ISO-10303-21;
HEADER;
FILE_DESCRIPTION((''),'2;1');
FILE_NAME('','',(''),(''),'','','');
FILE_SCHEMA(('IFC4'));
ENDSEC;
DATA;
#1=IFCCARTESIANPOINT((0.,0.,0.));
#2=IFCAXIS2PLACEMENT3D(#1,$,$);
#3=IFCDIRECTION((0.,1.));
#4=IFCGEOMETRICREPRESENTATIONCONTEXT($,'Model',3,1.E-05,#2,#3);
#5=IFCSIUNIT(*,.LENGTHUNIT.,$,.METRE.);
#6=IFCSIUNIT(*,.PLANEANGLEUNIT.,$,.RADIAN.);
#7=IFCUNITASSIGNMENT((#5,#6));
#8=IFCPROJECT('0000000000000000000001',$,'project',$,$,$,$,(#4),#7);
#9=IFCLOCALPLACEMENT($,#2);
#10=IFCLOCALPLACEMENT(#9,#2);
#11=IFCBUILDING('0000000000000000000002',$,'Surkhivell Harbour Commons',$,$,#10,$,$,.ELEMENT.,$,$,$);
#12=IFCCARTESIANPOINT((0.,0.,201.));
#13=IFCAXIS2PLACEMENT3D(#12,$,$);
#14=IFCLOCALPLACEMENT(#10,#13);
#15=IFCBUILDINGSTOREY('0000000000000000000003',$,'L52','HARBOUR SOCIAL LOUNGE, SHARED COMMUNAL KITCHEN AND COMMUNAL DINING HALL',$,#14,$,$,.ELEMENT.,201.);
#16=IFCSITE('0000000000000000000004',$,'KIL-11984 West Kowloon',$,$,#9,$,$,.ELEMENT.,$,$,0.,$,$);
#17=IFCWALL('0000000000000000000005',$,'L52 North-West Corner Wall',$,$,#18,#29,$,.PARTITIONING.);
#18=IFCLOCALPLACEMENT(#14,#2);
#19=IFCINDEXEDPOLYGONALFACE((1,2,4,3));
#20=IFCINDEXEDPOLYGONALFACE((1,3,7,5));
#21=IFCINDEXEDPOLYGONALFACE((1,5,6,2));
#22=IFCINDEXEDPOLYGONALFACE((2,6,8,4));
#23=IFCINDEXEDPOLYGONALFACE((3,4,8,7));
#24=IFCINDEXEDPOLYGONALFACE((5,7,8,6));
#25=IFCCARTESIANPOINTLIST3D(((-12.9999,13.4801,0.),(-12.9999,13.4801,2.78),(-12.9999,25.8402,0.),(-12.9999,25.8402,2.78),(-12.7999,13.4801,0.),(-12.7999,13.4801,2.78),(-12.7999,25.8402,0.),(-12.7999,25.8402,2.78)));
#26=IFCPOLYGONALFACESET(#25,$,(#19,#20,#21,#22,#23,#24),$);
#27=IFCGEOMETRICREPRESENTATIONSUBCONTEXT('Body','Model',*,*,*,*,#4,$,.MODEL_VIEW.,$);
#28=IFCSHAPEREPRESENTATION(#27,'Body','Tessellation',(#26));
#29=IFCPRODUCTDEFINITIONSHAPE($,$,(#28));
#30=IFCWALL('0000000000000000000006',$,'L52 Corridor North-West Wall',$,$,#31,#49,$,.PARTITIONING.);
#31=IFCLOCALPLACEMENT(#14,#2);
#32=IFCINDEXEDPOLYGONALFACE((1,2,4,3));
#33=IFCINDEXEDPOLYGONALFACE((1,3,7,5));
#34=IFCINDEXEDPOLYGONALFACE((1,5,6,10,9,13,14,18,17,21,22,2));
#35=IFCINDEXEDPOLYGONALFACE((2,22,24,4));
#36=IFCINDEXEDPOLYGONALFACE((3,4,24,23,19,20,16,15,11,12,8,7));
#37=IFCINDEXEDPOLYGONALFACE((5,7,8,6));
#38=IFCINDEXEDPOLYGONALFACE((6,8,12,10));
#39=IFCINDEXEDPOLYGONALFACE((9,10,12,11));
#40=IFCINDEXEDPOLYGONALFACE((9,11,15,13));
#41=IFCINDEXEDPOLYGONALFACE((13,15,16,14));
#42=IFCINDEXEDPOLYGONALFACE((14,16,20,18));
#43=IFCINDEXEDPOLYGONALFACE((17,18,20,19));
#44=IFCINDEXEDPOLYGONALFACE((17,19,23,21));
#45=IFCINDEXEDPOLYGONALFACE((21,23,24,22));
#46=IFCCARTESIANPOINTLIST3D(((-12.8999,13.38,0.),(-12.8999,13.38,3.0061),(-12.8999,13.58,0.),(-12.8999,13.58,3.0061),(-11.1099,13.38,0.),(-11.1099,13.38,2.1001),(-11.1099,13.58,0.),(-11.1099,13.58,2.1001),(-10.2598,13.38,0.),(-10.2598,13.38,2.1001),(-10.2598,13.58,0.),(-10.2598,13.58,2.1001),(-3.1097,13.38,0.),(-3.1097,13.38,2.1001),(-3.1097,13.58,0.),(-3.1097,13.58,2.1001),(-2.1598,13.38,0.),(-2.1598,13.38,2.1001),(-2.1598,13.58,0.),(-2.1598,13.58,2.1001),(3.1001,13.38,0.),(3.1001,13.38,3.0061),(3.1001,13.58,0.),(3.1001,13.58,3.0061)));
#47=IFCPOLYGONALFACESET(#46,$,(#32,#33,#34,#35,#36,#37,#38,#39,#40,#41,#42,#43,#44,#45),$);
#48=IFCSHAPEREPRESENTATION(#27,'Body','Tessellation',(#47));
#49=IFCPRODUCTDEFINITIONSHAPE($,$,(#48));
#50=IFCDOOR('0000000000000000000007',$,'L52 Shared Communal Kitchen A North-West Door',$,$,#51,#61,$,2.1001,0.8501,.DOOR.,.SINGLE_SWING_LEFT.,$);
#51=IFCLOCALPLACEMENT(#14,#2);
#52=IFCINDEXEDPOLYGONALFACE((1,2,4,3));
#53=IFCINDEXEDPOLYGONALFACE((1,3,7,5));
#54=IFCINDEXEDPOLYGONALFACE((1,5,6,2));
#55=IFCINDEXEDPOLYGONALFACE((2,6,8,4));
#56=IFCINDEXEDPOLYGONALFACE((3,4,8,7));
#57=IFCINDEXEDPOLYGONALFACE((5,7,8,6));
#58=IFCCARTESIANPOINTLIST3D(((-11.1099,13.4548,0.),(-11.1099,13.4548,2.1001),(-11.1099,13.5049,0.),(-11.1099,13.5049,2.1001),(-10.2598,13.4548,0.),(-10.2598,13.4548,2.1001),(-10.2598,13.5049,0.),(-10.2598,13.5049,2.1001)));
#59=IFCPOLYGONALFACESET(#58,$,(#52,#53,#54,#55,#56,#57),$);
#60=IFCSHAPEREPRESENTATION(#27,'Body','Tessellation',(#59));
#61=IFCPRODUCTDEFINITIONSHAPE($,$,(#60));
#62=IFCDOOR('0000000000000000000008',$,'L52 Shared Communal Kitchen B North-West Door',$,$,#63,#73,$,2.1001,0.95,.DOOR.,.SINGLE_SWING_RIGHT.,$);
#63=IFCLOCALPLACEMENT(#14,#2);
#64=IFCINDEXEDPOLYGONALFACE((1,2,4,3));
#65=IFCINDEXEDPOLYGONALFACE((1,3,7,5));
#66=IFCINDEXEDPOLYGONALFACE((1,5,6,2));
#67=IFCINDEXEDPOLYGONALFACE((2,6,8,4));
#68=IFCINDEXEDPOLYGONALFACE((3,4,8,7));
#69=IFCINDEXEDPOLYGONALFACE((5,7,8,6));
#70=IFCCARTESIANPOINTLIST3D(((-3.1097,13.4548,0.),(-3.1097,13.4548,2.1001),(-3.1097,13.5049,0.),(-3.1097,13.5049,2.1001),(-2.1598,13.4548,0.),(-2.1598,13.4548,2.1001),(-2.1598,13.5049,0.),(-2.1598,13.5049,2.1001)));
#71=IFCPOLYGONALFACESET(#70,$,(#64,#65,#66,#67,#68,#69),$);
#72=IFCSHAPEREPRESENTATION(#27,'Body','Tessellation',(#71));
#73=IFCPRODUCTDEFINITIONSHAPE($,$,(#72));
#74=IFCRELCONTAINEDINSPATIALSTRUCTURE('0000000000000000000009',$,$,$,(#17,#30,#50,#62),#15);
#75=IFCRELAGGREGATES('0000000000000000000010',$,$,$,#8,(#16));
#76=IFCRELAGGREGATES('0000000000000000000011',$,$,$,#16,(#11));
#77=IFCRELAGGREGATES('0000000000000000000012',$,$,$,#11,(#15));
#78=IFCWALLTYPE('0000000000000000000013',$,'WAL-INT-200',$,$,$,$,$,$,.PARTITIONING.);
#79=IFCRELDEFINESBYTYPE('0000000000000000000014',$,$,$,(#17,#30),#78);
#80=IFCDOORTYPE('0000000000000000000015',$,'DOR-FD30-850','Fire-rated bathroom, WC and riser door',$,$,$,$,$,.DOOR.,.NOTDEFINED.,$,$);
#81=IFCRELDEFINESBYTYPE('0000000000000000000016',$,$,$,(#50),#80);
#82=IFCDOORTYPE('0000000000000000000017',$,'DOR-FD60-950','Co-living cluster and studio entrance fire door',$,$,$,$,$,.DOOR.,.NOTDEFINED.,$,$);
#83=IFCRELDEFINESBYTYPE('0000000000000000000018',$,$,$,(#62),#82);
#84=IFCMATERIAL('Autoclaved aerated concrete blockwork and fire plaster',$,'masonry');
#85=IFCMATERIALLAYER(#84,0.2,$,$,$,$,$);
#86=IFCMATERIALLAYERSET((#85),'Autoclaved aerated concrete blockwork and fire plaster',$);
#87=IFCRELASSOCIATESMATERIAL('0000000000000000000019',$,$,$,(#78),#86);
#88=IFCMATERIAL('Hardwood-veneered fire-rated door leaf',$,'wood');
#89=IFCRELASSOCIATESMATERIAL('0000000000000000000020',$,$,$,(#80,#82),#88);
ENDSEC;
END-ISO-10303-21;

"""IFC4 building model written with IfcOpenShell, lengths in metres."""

from ifc_helpers import new_model, si_unit, direction, frame, frame_2d, origin, place, context, subcontext, project, spatial, rectangle, extrude, material, layer, layer_set, type_object, element, fill, save


model = new_model("IFC4")

# Units and contexts
model_context = context("Model", 3, precision=1e-05, world=origin(), true_north=direction((0.0, 1.0)))
body_context = subcontext(model_context, "Body", "Model", "MODEL_VIEW")
ifc_project = project(units=[si_unit("LENGTHUNIT", "METRE"), si_unit("PLANEANGLEUNIT", "RADIAN")], contexts=[model_context])

# Site, building, storey
site_placement = place(None, origin())
site = spatial("IfcSite", under=ifc_project, at=site_placement, Name="KIL-11984 West Kowloon", CompositionType="ELEMENT", RefElevation=0.0)
building_placement = place(site_placement, origin())
building = spatial("IfcBuilding", under=site, at=building_placement, Name="Surkhivell Harbour Commons", CompositionType="ELEMENT")
storey_placement = place(building_placement, frame((0.0, 0.0, 201.0)))
storey = spatial("IfcBuildingStorey", under=building, at=storey_placement, Name="L52", Description="HARBOUR SOCIAL LOUNGE, SHARED COMMUNAL KITCHEN AND COMMUNAL DINING HALL", CompositionType="ELEMENT", Elevation=201.0)

# Shared definitions
ifc_material_1 = material(Name="Hardwood-veneered fire-rated door leaf", Category="wood")

# Wall
ifc_material_2 = material(Name="Autoclaved aerated concrete blockwork and fire plaster", Category="masonry")
ifc_layer_1 = layer(ifc_material_2, 0.2)
ifc_layer_set_1 = layer_set([ifc_layer_1], Name="Autoclaved aerated concrete blockwork and fire plaster")
wall_type_1 = type_object("IfcWallType", Name="WAL-INT-200", PredefinedType="PARTITIONING", material=ifc_layer_set_1)
wall_1_placement = place(storey_placement, frame((-12.8999, 13.48, 0.0), z_axis=(0.0, 0.0, 1.0), x_axis=(0.0, 1.0, 0.0)))
element("IfcWall", 1, at=wall_1_placement, inside=storey, type_object=wall_type_1, Name="L52 North-West Corner Wall", PredefinedType="PARTITIONING", context=body_context, shape_type="SweptSolid", body=[
    extrude(rectangle(XDim=12.3601, YDim=0.2, at=frame_2d((6.1802, 0.0))), origin(), (0.0, 0.0, 1.0), 2.78),
])

# Wall, openings, doors
wall_2_placement = place(storey_placement, frame((-12.8999, 13.48, 0.0), z_axis=(0.0, 0.0, 1.0), x_axis=(1.0, 0.0, 0.0)))
wall_2 = element("IfcWall", 2, at=wall_2_placement, inside=storey, type_object=wall_type_1, Name="L52 Corridor North-West Wall", PredefinedType="PARTITIONING", context=body_context, shape_type="SweptSolid", body=[
    extrude(rectangle(XDim=16.0, YDim=0.2, at=frame_2d((8.0, 0.0))), origin(), (0.0, 0.0, 1.0), 3.0061),
])
opening_1_placement = place(wall_2_placement, frame((1.79, 0.0, 0.0)))
opening_1 = element("IfcOpeningElement", 3, at=opening_1_placement, cuts=wall_2, PredefinedType="OPENING", context=body_context, shape_type="SweptSolid", body=[
    extrude(rectangle(XDim=0.8501, YDim=2.1001, at=frame_2d((0.425, 1.05))), frame((0.0, 0.1099, 0.0), z_axis=(0.0, -1.0, 0.0), x_axis=(1.0, 0.0, 0.0)), (0.0, 0.0, 1.0), 0.22),
])
opening_2_placement = place(wall_2_placement, frame((9.79, 0.0, 0.0)))
opening_2 = element("IfcOpeningElement", 4, at=opening_2_placement, cuts=wall_2, PredefinedType="OPENING", context=body_context, shape_type="SweptSolid", body=[
    extrude(rectangle(XDim=0.95, YDim=2.1001, at=frame_2d((0.4751, 1.05))), frame((0.0, 0.1099, 0.0), z_axis=(0.0, -1.0, 0.0), x_axis=(1.0, 0.0, 0.0)), (0.0, 0.0, 1.0), 0.22),
])
door_type_1 = type_object("IfcDoorType", Name="DOR-FD30-850", Description="Fire-rated bathroom, WC and riser door", OperationType="NOTDEFINED", PredefinedType="DOOR", material=ifc_material_1)
door_1_placement = place(opening_1_placement, origin())
door_1 = element("IfcDoor", 5, at=door_1_placement, inside=storey, type_object=door_type_1, Name="L52 Shared Communal Kitchen A North-West Door", OperationType="SINGLE_SWING_LEFT", OverallHeight=2.1001, OverallWidth=0.8501, PredefinedType="DOOR", context=body_context, shape_type="SweptSolid", body=[
    extrude(rectangle(XDim=0.8501, YDim=2.1001, at=frame_2d((0.425, 1.05))), frame((0.0, 0.0249, 0.0), z_axis=(0.0, -1.0, 0.0), x_axis=(1.0, 0.0, 0.0)), (0.0, 0.0, 1.0), 0.05),
])
fill(opening_1, door_1)
door_type_2 = type_object("IfcDoorType", Name="DOR-FD60-950", Description="Co-living cluster and studio entrance fire door", OperationType="NOTDEFINED", PredefinedType="DOOR", material=ifc_material_1)
door_2_placement = place(opening_2_placement, origin())
door_2 = element("IfcDoor", 6, at=door_2_placement, inside=storey, type_object=door_type_2, Name="L52 Shared Communal Kitchen B North-West Door", OperationType="SINGLE_SWING_RIGHT", OverallHeight=2.1001, OverallWidth=0.95, PredefinedType="DOOR", context=body_context, shape_type="SweptSolid", body=[
    extrude(rectangle(XDim=0.95, YDim=2.1001, at=frame_2d((0.4751, 1.05))), frame((0.0, 0.0249, 0.0), z_axis=(0.0, -1.0, 0.0), x_axis=(1.0, 0.0, 0.0)), (0.0, 0.0, 1.0), 0.05),
])
fill(opening_2, door_2)

save(model, "model.ifc")
